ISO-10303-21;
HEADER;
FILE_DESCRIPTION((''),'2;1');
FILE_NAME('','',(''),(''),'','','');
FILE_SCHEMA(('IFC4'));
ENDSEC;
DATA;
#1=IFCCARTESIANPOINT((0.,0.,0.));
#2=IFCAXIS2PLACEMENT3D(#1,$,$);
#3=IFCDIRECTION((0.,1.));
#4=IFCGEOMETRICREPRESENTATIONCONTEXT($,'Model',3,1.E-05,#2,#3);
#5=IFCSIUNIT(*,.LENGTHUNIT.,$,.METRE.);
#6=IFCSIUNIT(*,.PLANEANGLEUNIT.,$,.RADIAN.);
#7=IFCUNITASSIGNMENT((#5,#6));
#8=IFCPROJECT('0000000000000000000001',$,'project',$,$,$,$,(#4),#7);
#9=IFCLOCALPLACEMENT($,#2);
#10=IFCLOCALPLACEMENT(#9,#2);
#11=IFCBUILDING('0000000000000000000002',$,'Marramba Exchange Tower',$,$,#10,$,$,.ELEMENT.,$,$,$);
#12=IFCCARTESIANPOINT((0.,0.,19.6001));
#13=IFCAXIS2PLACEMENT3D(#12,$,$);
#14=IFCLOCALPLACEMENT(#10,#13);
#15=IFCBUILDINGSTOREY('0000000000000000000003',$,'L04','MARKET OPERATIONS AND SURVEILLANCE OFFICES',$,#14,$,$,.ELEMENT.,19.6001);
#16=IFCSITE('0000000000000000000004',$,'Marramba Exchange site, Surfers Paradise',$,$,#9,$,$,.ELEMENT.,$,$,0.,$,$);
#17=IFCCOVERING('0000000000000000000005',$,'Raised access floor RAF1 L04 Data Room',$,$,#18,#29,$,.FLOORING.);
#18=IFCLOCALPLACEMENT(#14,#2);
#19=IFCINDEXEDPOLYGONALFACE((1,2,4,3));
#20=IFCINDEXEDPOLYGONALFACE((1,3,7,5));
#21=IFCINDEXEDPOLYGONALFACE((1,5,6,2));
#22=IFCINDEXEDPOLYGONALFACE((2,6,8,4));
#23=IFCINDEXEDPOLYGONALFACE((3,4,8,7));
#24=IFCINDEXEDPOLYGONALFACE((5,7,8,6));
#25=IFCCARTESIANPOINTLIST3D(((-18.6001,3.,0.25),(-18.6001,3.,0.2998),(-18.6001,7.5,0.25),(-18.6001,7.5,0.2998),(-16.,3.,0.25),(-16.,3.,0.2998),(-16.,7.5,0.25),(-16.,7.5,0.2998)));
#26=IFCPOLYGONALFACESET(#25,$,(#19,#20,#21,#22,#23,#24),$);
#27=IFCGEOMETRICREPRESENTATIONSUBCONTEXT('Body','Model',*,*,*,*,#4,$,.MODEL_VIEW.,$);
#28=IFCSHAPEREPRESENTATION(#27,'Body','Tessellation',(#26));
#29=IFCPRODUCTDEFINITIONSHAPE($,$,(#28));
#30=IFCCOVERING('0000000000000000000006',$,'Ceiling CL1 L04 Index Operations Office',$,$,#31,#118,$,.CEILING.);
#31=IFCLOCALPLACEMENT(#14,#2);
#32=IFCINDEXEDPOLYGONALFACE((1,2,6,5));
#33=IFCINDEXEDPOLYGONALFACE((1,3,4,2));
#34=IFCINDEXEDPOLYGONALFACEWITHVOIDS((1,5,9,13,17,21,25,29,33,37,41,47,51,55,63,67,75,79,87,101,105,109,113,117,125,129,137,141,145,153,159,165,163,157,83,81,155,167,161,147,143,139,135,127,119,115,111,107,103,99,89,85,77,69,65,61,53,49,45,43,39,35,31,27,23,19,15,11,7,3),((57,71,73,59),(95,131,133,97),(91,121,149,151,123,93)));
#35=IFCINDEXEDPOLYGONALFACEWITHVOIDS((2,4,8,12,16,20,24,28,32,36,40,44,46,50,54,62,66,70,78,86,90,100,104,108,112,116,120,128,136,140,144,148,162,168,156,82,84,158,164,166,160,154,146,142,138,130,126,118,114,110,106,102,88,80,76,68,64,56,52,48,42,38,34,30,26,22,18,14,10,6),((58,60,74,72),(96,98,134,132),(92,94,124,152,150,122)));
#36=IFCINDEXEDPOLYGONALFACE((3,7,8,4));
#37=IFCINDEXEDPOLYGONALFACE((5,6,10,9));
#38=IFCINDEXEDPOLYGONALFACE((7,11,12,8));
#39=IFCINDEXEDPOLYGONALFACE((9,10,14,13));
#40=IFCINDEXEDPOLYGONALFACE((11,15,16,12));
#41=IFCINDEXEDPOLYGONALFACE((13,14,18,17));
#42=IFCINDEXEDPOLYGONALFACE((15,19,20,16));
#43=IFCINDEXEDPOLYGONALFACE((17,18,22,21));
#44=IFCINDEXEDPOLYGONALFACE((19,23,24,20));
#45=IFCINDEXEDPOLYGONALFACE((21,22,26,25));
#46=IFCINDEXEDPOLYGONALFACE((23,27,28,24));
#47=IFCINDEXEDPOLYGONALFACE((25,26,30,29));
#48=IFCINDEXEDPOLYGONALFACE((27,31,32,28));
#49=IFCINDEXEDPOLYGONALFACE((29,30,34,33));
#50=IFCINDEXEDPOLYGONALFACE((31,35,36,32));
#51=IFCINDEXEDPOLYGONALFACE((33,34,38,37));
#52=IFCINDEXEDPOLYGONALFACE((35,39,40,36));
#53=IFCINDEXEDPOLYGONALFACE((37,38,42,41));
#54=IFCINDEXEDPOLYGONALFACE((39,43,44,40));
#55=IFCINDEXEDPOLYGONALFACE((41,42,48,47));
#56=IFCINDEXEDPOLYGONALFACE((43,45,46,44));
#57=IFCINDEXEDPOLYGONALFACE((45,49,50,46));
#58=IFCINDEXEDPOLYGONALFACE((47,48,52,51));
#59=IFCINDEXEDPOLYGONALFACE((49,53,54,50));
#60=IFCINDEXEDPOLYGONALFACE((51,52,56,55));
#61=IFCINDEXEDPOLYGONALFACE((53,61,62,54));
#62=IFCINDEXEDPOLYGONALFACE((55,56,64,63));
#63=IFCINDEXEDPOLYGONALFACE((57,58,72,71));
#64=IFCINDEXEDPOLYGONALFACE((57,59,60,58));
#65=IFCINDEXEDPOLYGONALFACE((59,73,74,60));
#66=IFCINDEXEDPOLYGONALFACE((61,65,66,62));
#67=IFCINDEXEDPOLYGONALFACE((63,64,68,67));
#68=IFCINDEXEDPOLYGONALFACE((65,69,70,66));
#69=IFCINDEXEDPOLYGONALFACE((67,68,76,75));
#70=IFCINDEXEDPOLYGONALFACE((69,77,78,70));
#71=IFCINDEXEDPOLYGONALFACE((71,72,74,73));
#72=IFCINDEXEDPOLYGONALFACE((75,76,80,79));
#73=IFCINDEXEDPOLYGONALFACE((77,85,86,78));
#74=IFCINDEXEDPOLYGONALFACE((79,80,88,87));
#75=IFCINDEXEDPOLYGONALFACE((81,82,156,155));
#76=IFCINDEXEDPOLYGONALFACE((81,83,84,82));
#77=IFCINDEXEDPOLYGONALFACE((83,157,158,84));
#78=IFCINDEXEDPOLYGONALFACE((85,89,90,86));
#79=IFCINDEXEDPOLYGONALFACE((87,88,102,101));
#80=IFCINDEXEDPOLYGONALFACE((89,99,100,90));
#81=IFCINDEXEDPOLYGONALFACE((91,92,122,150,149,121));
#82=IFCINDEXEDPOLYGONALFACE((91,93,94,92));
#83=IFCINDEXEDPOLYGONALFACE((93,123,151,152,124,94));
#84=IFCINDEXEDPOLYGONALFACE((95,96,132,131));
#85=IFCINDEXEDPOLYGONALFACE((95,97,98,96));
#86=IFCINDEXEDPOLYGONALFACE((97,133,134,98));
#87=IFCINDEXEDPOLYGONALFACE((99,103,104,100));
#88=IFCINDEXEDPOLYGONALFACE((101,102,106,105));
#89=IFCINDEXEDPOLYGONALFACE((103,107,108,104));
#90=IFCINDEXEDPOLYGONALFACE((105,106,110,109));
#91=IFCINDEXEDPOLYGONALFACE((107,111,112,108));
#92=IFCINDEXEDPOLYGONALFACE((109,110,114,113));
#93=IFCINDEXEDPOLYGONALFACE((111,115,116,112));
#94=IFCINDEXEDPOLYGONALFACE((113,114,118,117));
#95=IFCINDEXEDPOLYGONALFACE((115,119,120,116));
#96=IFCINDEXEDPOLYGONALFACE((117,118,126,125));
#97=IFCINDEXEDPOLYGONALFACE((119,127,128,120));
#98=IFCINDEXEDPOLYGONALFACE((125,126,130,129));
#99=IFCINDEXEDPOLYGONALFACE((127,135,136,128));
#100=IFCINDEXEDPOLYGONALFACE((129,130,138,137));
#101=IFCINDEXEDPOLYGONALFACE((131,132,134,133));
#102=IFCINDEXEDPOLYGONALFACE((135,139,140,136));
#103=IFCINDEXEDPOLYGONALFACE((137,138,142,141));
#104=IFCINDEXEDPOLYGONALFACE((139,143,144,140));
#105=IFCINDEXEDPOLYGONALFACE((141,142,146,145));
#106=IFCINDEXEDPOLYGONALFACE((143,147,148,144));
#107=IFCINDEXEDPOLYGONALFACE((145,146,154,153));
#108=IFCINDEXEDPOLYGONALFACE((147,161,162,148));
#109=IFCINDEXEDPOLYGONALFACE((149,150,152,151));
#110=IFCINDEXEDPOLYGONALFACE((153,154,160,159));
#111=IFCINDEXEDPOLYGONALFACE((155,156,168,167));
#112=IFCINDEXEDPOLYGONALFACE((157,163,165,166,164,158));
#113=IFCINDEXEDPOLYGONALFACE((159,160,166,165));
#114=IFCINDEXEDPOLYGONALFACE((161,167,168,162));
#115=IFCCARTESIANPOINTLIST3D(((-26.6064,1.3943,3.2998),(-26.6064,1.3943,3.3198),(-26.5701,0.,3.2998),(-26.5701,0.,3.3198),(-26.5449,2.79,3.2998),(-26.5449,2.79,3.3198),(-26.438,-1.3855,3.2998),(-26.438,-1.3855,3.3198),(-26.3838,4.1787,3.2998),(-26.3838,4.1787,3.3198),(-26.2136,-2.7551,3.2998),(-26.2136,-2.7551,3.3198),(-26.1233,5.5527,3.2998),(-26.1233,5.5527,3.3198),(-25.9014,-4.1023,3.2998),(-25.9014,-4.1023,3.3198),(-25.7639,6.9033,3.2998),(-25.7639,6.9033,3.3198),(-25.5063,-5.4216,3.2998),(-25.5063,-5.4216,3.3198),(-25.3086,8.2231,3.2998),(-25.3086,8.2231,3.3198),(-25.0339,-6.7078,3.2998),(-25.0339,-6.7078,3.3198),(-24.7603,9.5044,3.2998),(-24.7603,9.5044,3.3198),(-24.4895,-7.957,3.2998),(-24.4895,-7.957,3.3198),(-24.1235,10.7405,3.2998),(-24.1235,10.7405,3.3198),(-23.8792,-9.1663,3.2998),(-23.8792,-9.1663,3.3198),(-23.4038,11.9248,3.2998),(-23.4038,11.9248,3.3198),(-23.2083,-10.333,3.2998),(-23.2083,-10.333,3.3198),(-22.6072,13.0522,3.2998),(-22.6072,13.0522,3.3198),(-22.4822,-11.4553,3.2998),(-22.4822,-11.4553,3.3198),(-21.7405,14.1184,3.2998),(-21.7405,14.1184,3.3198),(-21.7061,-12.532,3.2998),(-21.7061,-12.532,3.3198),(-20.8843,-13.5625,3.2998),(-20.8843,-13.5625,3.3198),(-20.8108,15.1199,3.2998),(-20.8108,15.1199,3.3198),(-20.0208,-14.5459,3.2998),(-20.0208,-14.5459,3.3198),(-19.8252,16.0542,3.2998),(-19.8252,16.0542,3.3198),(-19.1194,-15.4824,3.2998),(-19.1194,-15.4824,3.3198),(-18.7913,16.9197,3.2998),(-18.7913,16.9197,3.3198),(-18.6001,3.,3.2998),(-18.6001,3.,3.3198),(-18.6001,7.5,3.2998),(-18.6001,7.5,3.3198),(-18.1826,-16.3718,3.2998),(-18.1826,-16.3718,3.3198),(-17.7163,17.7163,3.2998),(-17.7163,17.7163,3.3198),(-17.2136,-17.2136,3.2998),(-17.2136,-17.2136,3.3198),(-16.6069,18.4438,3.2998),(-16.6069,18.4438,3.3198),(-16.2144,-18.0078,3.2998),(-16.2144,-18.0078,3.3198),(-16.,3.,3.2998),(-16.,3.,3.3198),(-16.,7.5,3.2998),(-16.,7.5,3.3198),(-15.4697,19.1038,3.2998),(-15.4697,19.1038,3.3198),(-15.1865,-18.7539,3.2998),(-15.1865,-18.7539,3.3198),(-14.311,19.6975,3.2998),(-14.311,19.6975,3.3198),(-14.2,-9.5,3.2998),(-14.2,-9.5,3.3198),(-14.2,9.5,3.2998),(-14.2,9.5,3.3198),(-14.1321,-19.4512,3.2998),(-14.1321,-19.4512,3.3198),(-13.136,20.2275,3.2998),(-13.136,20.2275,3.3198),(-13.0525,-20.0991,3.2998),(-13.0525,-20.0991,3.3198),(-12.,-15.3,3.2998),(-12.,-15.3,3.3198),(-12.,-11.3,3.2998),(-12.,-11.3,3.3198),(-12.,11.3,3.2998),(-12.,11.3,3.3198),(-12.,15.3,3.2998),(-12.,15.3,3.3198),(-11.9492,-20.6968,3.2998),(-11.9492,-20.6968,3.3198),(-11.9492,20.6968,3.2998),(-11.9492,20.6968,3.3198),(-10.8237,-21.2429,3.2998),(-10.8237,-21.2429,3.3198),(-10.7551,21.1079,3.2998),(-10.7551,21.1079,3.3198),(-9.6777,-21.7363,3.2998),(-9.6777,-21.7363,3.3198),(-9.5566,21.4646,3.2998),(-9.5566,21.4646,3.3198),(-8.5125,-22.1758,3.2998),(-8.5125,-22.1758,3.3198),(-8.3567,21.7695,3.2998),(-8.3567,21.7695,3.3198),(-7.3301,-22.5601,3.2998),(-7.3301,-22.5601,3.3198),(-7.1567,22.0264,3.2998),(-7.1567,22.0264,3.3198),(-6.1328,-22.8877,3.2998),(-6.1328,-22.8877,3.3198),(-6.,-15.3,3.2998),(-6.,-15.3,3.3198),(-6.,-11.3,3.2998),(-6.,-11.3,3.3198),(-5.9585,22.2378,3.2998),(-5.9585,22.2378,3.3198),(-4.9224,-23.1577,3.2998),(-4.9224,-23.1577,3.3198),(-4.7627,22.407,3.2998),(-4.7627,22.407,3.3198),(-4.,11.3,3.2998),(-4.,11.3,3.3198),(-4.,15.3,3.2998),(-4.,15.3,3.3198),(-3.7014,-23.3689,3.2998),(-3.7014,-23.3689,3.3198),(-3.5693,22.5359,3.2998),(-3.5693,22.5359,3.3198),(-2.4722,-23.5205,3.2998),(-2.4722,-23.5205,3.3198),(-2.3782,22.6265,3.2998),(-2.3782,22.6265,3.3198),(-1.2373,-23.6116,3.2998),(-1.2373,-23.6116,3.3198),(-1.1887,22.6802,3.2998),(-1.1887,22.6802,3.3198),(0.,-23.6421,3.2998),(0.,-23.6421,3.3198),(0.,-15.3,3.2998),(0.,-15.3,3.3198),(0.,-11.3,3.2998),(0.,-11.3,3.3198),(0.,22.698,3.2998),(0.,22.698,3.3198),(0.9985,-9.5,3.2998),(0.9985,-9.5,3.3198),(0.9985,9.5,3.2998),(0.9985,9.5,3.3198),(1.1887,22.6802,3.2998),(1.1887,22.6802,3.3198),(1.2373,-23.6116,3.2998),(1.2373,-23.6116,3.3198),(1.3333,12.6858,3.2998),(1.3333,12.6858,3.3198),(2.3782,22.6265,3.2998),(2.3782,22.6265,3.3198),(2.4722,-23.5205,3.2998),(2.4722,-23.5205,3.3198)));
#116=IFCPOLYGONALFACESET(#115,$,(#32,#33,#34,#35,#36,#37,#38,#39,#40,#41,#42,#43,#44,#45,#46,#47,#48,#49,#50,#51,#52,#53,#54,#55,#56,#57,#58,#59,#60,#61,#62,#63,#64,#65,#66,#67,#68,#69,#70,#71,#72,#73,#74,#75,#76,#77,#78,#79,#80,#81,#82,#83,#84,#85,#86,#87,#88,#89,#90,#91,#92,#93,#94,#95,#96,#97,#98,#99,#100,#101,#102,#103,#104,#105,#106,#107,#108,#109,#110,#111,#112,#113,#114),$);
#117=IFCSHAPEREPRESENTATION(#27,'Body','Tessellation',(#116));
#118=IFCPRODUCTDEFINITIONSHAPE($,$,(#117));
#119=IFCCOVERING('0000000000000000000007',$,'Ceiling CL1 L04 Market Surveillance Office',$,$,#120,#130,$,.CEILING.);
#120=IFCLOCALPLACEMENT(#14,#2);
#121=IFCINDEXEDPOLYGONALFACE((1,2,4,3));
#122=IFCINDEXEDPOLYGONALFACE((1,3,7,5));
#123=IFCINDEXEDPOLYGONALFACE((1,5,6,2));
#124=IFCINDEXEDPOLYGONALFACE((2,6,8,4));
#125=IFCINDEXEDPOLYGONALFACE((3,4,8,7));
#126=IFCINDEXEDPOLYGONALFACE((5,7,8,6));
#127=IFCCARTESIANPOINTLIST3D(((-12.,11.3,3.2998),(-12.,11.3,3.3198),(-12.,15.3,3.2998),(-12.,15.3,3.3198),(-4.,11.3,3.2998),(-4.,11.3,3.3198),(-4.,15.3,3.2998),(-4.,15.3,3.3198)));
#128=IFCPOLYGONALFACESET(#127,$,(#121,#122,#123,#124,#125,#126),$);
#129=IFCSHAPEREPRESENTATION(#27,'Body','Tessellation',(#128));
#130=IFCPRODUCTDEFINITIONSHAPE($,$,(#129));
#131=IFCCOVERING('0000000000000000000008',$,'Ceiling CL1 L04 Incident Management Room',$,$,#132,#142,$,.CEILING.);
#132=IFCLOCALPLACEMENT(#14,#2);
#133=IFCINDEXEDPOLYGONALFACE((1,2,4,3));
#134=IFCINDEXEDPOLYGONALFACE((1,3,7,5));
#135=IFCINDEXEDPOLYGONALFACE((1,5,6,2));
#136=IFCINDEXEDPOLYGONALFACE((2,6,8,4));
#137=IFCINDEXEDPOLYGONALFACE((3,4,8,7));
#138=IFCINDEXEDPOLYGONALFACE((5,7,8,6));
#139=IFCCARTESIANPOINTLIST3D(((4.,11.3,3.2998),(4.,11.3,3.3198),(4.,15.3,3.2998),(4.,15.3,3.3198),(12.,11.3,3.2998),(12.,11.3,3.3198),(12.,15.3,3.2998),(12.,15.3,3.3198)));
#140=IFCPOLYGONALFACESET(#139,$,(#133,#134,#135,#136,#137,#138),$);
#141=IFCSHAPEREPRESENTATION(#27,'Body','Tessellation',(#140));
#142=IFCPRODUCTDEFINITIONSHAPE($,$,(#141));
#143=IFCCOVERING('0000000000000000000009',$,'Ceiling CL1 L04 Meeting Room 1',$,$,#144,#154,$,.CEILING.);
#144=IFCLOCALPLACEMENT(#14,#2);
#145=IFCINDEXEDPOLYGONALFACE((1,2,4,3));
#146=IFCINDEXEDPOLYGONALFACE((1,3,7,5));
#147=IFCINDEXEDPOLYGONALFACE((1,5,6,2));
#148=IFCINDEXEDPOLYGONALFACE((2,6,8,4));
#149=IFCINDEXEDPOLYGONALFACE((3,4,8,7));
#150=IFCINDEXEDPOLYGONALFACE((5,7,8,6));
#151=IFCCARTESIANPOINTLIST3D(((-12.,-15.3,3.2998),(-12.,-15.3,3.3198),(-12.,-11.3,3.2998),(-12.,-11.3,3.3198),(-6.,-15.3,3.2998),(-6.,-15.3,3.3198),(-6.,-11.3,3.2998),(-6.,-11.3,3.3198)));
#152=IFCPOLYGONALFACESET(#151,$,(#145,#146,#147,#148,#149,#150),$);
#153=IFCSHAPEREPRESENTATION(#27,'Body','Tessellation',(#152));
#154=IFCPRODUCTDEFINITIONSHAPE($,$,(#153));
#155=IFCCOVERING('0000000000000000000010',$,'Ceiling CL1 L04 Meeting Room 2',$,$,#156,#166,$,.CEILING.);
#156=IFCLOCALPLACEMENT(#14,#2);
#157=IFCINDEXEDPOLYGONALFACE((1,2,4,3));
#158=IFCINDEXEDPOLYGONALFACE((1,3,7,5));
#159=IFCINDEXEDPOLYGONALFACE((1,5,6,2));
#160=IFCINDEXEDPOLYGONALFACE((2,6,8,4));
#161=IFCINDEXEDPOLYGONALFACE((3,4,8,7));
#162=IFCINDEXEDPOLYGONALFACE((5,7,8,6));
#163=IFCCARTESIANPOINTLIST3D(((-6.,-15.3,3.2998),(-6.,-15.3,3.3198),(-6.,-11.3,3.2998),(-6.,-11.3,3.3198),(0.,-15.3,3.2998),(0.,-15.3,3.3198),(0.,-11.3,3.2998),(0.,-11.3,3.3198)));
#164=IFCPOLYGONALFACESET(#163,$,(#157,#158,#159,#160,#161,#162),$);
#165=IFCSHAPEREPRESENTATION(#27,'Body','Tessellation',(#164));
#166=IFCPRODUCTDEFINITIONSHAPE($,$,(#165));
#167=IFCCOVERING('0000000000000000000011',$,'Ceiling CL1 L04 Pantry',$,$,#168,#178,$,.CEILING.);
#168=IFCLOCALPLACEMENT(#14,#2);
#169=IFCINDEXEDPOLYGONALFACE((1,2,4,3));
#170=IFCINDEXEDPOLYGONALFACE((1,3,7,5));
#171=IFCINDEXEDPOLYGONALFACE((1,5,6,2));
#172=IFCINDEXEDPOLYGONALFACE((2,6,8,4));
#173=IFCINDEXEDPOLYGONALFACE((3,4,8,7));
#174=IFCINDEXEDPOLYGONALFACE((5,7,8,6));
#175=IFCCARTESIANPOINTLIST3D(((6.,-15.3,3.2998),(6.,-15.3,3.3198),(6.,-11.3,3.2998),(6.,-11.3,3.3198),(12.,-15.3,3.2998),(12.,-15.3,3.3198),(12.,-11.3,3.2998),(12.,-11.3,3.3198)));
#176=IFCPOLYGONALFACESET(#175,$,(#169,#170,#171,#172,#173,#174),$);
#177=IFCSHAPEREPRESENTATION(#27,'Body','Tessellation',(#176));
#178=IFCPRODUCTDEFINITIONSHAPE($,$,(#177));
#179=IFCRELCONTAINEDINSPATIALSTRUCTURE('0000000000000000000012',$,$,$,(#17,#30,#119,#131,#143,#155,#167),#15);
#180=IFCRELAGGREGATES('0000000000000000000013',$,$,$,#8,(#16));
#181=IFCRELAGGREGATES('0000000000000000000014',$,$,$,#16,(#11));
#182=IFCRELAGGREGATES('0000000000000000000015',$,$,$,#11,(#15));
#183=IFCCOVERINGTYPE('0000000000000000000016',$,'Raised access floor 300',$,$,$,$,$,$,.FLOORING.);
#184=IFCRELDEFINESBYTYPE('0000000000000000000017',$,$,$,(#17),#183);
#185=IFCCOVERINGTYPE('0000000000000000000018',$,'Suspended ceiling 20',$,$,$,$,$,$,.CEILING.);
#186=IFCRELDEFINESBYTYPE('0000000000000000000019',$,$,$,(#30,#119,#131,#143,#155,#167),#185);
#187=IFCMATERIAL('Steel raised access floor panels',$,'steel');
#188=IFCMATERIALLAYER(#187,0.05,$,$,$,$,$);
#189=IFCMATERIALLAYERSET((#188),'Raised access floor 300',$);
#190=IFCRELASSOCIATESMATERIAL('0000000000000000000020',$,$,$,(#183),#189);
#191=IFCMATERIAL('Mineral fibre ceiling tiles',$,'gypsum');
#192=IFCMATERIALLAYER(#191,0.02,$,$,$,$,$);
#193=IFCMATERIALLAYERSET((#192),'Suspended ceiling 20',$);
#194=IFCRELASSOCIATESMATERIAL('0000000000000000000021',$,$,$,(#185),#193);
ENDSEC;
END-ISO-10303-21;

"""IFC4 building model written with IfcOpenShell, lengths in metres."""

from ifc_helpers import new_model, si_unit, direction, frame, origin, place, context, subcontext, project, spatial, polyline, outline, extrude, material, layer, layer_set, type_object, element, save


model = new_model("IFC4")

# Units and contexts
model_context = context("Model", 3, precision=1e-05, world=origin(), true_north=direction((0.0, 1.0)))
body_context = subcontext(model_context, "Body", "Model", "MODEL_VIEW")
ifc_project = project(units=[si_unit("LENGTHUNIT", "METRE"), si_unit("PLANEANGLEUNIT", "RADIAN")], contexts=[model_context])

# Site, building, storey
site_placement = place(None, origin())
site = spatial("IfcSite", under=ifc_project, at=site_placement, Name="Marramba Exchange site, Surfers Paradise", CompositionType="ELEMENT", RefElevation=0.0)
building_placement = place(site_placement, origin())
building = spatial("IfcBuilding", under=site, at=building_placement, Name="Marramba Exchange Tower", CompositionType="ELEMENT")
storey_placement = place(building_placement, frame((0.0, 0.0, 19.6001)))
storey = spatial("IfcBuildingStorey", under=building, at=storey_placement, Name="L04", Description="MARKET OPERATIONS AND SURVEILLANCE OFFICES", CompositionType="ELEMENT", Elevation=19.6001)

# Coverings
ifc_material_1 = material(Name="Steel raised access floor panels", Category="steel")
ifc_layer_1 = layer(ifc_material_1, 0.05)
ifc_layer_set_1 = layer_set([ifc_layer_1], Name="Raised access floor 300")
covering_type_1 = type_object("IfcCoveringType", Name="Raised access floor 300", PredefinedType="FLOORING", material=ifc_layer_set_1)
covering_1_placement = place(storey_placement, frame((0.0, 0.0, 0.25)))
element("IfcCovering", 1, at=covering_1_placement, inside=storey, type_object=covering_type_1, Name="Raised access floor RAF1 L04 Data Room", PredefinedType="FLOORING", context=body_context, shape_type="SweptSolid", body=[
    extrude(outline(polyline([(-16.0, 3.0), (-18.6001, 3.0), (-18.6001, 7.5), (-16.0, 7.5), (-16.0, 3.0)])), origin(), (0.0, 0.0, 1.0), 0.0498),
])
ifc_material_2 = material(Name="Mineral fibre ceiling tiles", Category="gypsum")
ifc_layer_2 = layer(ifc_material_2, 0.02)
ifc_layer_set_2 = layer_set([ifc_layer_2], Name="Suspended ceiling 20")
covering_type_2 = type_object("IfcCoveringType", Name="Suspended ceiling 20", PredefinedType="CEILING", material=ifc_layer_set_2)
covering_2_placement = place(storey_placement, frame((0.0, 0.0, 3.2998)))
element("IfcCovering", 2, at=covering_2_placement, inside=storey, type_object=covering_type_2, Name="Ceiling CL1 L04 Index Operations Office", PredefinedType="CEILING", context=body_context, shape_type="SweptSolid", body=[
    extrude(outline(polyline([(-14.2, -9.5), (0.9985, -9.5), (2.4722, -23.5205), (1.2373, -23.6116), (0.0, -23.6421), (-1.2373, -23.6116), (-2.4722, -23.5205), (-3.7014, -23.3689), (-4.9224, -23.1577), (-6.1328, -22.8877), (-7.3301, -22.5601), (-8.5125, -22.1758), (-9.6777, -21.7363), (-10.8237, -21.2429), (-11.9492, -20.6968), (-13.0525, -20.0991), (-14.1321, -19.4512), (-15.1865, -18.7539), (-16.2144, -18.0078), (-17.2136, -17.2136), (-18.1826, -16.3718), (-19.1194, -15.4824), (-20.0208, -14.5459), (-20.8843, -13.5625), (-21.7061, -12.532), (-22.4822, -11.4553), (-23.2083, -10.333), (-23.8792, -9.1663), (-24.4895, -7.957), (-25.0339, -6.7078), (-25.5063, -5.4216), (-25.9014, -4.1023), (-26.2136, -2.7551), (-26.438, -1.3855), (-26.5701, 0.0), (-26.6064, 1.3943), (-26.5449, 2.79), (-26.3838, 4.1787), (-26.1233, 5.5527), (-25.7639, 6.9033), (-25.3086, 8.2231), (-24.7603, 9.5044), (-24.1235, 10.7405), (-23.4038, 11.9248), (-22.6072, 13.0522), (-21.7405, 14.1184), (-20.8108, 15.1199), (-19.8252, 16.0542), (-18.7913, 16.9197), (-17.7163, 17.7163), (-16.6069, 18.4438), (-15.4697, 19.1038), (-14.311, 19.6975), (-13.136, 20.2275), (-11.9492, 20.6968), (-10.7551, 21.1079), (-9.5566, 21.4646), (-8.3567, 21.7695), (-7.1567, 22.0264), (-5.9585, 22.2378), (-4.7627, 22.407), (-3.5693, 22.5359), (-2.3782, 22.6265), (-1.1887, 22.6802), (0.0, 22.698), (1.1887, 22.6802), (2.3782, 22.6265), (1.3333, 12.6858), (0.9985, 9.5), (-14.2, 9.5), (-14.2, -9.5)]), holes=[polyline([(-12.0, -15.3), (-6.0, -15.3), (0.0, -15.3), (0.0, -11.3), (-6.0, -11.3), (-12.0, -11.3), (-12.0, -15.3)]), polyline([(-12.0, 11.3), (-4.0, 11.3), (-4.0, 15.3), (-12.0, 15.3), (-12.0, 11.3)]), polyline([(-18.6001, 3.0), (-16.0, 3.0), (-16.0, 7.5), (-18.6001, 7.5), (-18.6001, 3.0)])]), origin(), (0.0, 0.0, 1.0), 0.02),
])
covering_3_placement = place(storey_placement, frame((0.0, 0.0, 3.2998)))
element("IfcCovering", 3, at=covering_3_placement, inside=storey, type_object=covering_type_2, Name="Ceiling CL1 L04 Market Surveillance Office", PredefinedType="CEILING", context=body_context, shape_type="SweptSolid", body=[
    extrude(outline(polyline([(-4.0, 11.3), (-12.0, 11.3), (-12.0, 15.3), (-4.0, 15.3), (-4.0, 11.3)])), origin(), (0.0, 0.0, 1.0), 0.02),
])
covering_4_placement = place(storey_placement, frame((0.0, 0.0, 3.2998)))
element("IfcCovering", 4, at=covering_4_placement, inside=storey, type_object=covering_type_2, Name="Ceiling CL1 L04 Incident Management Room", PredefinedType="CEILING", context=body_context, shape_type="SweptSolid", body=[
    extrude(outline(polyline([(12.0, 11.3), (4.0, 11.3), (4.0, 15.3), (12.0, 15.3), (12.0, 11.3)])), origin(), (0.0, 0.0, 1.0), 0.02),
])
covering_5_placement = place(storey_placement, frame((0.0, 0.0, 3.2998)))
element("IfcCovering", 5, at=covering_5_placement, inside=storey, type_object=covering_type_2, Name="Ceiling CL1 L04 Meeting Room 1", PredefinedType="CEILING", context=body_context, shape_type="SweptSolid", body=[
    extrude(outline(polyline([(-6.0, -15.3), (-12.0, -15.3), (-12.0, -11.3), (-6.0, -11.3), (-6.0, -15.3)])), origin(), (0.0, 0.0, 1.0), 0.02),
])
covering_6_placement = place(storey_placement, frame((0.0, 0.0, 3.2998)))
element("IfcCovering", 6, at=covering_6_placement, inside=storey, type_object=covering_type_2, Name="Ceiling CL1 L04 Meeting Room 2", PredefinedType="CEILING", context=body_context, shape_type="SweptSolid", body=[
    extrude(outline(polyline([(0.0, -15.3), (-6.0, -15.3), (-6.0, -11.3), (0.0, -11.3), (0.0, -15.3)])), origin(), (0.0, 0.0, 1.0), 0.02),
])
covering_7_placement = place(storey_placement, frame((0.0, 0.0, 3.2998)))
element("IfcCovering", 7, at=covering_7_placement, inside=storey, type_object=covering_type_2, Name="Ceiling CL1 L04 Pantry", PredefinedType="CEILING", context=body_context, shape_type="SweptSolid", body=[
    extrude(outline(polyline([(12.0, -15.3), (6.0, -15.3), (6.0, -11.3), (12.0, -11.3), (12.0, -15.3)])), origin(), (0.0, 0.0, 1.0), 0.02),
])

save(model, "model.ifc")
